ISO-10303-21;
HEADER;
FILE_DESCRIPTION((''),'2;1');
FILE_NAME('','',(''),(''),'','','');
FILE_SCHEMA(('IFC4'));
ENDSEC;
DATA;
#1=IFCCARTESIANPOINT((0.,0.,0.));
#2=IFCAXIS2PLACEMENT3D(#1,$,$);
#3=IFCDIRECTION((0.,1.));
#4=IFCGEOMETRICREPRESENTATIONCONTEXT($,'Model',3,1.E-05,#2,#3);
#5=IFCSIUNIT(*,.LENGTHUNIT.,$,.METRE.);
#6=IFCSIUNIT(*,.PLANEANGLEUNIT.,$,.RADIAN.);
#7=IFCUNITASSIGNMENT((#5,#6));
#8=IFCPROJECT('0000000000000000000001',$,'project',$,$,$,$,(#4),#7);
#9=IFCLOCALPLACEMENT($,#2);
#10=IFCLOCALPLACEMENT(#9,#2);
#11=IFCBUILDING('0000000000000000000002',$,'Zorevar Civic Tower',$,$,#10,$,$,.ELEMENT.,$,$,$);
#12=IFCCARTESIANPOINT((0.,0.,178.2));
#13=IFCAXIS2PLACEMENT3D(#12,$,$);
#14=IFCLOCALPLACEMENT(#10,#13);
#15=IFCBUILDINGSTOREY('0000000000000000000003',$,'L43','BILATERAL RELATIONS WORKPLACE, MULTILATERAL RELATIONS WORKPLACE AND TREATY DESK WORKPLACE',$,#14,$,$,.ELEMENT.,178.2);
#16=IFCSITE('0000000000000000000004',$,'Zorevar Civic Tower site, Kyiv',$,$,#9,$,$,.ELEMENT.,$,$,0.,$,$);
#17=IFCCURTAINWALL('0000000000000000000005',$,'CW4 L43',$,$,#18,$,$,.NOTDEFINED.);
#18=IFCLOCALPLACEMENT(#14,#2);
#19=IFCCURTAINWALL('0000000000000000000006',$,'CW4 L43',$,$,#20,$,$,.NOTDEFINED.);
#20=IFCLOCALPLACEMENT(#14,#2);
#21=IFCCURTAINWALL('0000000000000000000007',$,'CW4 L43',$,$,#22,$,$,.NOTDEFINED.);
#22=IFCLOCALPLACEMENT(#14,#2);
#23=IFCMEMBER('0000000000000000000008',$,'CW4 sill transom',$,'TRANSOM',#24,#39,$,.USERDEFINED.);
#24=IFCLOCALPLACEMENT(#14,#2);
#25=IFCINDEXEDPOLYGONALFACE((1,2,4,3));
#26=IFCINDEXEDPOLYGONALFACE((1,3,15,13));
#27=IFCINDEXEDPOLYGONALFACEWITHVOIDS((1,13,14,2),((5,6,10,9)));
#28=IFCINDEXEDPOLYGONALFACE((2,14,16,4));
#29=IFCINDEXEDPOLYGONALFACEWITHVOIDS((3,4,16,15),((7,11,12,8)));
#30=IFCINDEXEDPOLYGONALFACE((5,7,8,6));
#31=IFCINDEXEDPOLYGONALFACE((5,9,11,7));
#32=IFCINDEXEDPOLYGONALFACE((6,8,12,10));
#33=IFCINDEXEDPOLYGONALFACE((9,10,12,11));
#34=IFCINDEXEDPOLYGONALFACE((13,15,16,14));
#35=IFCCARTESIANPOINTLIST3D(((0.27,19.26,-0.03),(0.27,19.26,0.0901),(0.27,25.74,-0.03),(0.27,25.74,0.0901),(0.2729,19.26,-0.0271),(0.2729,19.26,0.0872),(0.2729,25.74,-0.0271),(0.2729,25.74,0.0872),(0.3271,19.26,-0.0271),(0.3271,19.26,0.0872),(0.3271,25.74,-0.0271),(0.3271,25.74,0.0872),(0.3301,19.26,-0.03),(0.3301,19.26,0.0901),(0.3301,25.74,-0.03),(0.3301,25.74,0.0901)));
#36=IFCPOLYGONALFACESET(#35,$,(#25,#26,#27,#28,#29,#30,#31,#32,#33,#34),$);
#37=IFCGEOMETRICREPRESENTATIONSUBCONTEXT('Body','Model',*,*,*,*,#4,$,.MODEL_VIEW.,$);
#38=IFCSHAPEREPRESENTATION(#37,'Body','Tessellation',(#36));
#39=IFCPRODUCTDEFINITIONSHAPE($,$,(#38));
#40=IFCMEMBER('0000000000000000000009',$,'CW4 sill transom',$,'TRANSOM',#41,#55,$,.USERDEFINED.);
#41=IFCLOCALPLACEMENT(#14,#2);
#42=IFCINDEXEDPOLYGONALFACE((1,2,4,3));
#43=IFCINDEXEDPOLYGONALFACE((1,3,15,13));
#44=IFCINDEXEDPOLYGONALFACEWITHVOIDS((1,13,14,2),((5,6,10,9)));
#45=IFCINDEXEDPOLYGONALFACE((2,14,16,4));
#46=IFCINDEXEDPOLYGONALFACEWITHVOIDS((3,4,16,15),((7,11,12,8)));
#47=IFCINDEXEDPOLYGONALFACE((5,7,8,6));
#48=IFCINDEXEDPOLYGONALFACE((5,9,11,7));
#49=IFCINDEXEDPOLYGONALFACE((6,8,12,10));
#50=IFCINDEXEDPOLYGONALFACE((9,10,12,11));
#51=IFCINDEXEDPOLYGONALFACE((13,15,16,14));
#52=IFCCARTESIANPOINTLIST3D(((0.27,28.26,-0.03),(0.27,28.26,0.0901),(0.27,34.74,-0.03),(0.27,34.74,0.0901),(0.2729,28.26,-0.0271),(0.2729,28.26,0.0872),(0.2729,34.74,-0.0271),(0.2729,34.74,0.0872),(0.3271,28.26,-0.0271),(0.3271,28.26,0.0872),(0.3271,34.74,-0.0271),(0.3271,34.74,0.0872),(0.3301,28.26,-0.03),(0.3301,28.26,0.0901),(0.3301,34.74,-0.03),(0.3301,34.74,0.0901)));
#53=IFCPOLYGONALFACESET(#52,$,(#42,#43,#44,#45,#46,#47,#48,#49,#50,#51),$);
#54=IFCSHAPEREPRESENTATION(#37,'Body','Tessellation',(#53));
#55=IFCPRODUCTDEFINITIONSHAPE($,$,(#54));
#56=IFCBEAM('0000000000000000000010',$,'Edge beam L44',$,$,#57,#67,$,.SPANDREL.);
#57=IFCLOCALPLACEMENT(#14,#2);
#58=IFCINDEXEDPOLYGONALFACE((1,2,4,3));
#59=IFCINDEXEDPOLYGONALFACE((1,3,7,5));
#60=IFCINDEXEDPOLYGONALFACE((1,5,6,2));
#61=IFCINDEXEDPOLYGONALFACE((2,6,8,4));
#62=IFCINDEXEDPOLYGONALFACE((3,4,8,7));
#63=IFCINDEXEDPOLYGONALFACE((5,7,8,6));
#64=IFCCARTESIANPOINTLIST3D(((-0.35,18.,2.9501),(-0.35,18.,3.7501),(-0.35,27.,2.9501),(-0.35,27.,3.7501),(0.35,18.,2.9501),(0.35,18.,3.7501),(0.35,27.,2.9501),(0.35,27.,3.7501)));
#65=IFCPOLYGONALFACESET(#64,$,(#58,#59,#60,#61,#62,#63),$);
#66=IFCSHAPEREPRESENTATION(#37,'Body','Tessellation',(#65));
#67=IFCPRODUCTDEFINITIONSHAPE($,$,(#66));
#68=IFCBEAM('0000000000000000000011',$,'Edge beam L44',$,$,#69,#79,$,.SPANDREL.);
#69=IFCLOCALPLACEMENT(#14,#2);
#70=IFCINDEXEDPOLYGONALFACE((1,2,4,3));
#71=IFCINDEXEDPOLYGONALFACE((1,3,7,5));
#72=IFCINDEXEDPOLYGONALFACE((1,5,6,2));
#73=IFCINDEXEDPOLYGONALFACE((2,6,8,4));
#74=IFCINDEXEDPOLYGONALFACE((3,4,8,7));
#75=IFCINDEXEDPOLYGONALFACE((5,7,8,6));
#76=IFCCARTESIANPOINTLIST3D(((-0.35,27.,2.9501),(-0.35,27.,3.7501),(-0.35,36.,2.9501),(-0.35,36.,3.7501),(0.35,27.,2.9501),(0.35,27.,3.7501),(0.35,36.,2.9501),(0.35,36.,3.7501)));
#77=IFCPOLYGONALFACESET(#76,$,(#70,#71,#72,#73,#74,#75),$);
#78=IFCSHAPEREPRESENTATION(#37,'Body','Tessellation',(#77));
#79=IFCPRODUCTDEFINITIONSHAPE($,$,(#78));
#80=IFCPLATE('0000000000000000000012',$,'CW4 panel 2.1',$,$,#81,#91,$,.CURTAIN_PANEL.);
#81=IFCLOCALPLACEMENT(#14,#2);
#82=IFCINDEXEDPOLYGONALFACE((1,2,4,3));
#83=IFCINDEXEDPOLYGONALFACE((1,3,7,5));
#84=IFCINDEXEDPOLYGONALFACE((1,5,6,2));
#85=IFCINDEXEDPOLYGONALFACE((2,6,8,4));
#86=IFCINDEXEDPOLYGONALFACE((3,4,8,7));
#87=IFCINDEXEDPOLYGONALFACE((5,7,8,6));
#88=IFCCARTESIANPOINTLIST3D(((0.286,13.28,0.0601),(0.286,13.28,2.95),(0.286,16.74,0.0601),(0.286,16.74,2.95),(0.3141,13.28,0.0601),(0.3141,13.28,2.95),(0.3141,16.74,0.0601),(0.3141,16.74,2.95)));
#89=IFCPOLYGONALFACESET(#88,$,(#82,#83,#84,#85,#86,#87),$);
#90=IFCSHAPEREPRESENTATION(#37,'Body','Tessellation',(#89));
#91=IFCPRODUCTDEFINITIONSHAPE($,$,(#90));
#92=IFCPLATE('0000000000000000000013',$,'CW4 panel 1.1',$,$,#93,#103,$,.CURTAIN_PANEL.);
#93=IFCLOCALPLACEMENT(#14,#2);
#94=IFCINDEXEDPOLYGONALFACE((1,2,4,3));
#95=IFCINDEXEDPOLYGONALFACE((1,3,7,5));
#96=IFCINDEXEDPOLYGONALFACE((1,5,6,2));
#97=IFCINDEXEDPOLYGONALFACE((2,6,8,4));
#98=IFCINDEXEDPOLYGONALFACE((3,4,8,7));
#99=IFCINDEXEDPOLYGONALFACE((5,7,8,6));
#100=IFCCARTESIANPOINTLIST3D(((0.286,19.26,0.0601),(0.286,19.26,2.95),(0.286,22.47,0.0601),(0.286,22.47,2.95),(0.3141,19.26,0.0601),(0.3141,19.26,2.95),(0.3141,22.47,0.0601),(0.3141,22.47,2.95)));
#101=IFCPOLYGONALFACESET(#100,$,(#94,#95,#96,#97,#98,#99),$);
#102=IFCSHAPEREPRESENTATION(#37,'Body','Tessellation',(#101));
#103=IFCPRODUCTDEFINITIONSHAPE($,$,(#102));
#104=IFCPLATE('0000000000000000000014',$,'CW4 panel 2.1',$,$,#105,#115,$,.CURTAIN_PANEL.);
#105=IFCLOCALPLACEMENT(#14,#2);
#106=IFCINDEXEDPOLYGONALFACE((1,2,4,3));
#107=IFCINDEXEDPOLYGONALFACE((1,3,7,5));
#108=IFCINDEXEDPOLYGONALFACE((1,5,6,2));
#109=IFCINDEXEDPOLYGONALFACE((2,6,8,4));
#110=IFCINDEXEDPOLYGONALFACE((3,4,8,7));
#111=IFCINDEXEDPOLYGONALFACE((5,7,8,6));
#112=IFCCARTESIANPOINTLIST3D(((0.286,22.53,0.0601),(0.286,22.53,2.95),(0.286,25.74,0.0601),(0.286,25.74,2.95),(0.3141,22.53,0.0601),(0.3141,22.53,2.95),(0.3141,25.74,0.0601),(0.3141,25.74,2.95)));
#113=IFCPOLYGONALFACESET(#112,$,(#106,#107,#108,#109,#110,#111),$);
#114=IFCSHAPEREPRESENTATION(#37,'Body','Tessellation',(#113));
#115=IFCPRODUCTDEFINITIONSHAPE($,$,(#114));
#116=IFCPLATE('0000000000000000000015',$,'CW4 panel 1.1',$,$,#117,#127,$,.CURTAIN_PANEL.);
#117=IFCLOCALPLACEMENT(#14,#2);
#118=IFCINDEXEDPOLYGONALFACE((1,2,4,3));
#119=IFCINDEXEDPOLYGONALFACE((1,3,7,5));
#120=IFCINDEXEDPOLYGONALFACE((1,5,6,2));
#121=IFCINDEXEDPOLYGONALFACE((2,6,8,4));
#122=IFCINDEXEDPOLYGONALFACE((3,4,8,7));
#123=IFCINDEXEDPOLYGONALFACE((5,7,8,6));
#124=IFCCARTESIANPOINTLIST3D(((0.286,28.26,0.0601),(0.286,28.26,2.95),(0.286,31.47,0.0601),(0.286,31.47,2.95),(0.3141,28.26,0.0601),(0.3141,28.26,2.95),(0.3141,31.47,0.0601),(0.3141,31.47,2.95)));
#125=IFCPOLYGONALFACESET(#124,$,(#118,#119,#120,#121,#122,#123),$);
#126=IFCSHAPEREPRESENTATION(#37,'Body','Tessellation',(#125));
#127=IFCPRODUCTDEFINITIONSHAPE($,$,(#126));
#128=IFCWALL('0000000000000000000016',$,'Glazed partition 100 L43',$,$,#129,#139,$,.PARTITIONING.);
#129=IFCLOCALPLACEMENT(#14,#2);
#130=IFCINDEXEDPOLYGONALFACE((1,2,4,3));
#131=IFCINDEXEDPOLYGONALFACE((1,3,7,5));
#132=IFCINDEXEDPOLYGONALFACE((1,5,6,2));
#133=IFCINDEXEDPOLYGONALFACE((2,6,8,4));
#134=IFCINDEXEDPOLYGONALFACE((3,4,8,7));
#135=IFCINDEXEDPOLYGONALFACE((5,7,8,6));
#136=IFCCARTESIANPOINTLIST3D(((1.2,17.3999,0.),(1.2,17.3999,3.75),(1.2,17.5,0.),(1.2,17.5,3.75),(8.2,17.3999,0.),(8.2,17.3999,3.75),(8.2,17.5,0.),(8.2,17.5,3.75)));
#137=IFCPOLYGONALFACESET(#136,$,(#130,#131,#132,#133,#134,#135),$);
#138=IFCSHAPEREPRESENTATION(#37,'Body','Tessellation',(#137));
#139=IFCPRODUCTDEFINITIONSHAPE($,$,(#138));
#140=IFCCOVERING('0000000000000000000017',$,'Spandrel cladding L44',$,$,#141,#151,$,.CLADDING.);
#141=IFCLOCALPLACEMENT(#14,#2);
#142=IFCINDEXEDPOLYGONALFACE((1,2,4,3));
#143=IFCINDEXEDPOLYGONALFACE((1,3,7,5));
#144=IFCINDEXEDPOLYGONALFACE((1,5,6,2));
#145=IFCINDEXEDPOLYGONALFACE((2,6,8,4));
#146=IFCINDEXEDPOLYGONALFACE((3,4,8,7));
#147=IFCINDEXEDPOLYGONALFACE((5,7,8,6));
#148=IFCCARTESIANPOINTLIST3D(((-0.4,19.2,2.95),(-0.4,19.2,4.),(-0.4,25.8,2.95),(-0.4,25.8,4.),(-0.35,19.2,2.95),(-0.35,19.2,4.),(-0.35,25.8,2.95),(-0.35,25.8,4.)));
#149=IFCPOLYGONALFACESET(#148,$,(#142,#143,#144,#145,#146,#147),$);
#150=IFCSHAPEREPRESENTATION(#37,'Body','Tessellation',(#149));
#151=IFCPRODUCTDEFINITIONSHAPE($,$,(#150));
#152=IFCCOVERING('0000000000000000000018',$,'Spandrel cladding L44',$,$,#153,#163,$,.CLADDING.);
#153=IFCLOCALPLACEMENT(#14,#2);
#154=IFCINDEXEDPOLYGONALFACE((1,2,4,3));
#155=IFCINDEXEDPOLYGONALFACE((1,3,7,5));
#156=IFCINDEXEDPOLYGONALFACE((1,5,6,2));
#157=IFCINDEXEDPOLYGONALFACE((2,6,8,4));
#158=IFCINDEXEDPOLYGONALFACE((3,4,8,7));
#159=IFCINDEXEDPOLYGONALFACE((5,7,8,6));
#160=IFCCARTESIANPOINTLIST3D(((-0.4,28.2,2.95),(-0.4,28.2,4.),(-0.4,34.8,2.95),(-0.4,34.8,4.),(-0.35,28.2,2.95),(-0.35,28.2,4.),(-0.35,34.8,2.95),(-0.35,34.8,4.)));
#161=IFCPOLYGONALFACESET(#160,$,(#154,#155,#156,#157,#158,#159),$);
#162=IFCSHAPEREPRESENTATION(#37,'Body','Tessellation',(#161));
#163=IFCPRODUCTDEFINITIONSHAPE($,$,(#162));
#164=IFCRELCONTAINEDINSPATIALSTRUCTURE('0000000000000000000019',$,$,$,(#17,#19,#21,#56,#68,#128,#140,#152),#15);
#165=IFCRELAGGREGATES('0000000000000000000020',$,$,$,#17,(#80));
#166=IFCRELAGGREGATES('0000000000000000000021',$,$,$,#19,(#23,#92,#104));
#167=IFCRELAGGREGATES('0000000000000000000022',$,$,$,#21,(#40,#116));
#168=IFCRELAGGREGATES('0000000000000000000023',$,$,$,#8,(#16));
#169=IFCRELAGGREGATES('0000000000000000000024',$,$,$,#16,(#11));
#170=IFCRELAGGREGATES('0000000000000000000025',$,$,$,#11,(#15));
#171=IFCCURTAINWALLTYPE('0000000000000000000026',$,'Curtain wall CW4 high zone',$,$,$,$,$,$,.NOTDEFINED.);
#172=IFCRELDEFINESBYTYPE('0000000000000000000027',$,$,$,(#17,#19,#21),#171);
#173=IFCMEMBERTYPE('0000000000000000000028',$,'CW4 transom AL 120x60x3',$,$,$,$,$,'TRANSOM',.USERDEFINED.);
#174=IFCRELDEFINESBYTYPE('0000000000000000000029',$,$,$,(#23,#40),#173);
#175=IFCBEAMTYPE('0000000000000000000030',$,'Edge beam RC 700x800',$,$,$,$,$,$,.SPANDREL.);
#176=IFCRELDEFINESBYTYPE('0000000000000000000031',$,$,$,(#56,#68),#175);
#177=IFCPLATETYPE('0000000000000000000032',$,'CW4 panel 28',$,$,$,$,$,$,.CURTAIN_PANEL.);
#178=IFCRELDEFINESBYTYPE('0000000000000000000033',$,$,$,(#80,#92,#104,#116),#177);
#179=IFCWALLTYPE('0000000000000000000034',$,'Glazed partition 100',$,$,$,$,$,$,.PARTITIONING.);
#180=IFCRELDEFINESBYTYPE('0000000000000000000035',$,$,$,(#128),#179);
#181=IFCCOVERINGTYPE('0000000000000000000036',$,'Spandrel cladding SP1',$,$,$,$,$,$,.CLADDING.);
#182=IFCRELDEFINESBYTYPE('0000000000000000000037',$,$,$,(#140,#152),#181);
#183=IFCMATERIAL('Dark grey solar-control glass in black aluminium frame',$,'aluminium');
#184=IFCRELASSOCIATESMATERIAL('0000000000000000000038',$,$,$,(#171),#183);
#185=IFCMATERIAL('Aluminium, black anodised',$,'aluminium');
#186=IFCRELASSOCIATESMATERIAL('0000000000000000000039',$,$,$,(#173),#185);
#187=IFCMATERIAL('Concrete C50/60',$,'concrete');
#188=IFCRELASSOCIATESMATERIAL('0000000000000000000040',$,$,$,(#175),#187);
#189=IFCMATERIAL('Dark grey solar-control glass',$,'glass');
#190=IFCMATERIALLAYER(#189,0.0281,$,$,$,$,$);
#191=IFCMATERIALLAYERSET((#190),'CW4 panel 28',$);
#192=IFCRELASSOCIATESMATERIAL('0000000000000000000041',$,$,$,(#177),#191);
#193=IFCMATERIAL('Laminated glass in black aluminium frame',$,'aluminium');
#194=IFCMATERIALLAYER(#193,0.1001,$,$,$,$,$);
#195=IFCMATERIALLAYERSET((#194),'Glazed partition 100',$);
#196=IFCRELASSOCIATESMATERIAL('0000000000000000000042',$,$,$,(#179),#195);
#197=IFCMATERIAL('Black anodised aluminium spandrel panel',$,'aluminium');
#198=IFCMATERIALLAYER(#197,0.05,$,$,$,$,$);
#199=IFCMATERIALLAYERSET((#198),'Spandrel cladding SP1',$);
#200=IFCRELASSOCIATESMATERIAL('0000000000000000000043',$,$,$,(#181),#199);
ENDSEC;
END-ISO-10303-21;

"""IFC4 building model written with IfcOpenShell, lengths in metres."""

from ifc_helpers import new_model, si_unit, direction, frame, frame_2d, origin, origin_2d, place, context, subcontext, project, spatial, rectangle, hollow_rectangle, extrude, material, layer, layer_set, material_profile, profile_set, type_object, element, aggregate, save


model = new_model("IFC4")

# Units and contexts
model_context = context("Model", 3, precision=1e-05, world=origin(), true_north=direction((0.0, 1.0)))
body_context = subcontext(model_context, "Body", "Model", "MODEL_VIEW")
ifc_project = project(units=[si_unit("LENGTHUNIT", "METRE"), si_unit("PLANEANGLEUNIT", "RADIAN")], contexts=[model_context])

# Site, building, storey
site_placement = place(None, origin())
site = spatial("IfcSite", under=ifc_project, at=site_placement, Name="Zorevar Civic Tower site, Kyiv", CompositionType="ELEMENT", RefElevation=0.0)
building_placement = place(site_placement, origin())
building = spatial("IfcBuilding", under=site, at=building_placement, Name="Zorevar Civic Tower", CompositionType="ELEMENT")
storey_placement = place(building_placement, frame((0.0, 0.0, 178.2)))
storey = spatial("IfcBuildingStorey", under=building, at=storey_placement, Name="L43", Description="BILATERAL RELATIONS WORKPLACE, MULTILATERAL RELATIONS WORKPLACE AND TREATY DESK WORKPLACE", CompositionType="ELEMENT", Elevation=178.2)

# Curtain wall
ifc_material_1 = material(Name="Dark grey solar-control glass in black aluminium frame", Category="aluminium")
curtain_wall_type = type_object("IfcCurtainWallType", Name="Curtain wall CW4 high zone", PredefinedType="NOTDEFINED", material=ifc_material_1)
curtain_wall_1_placement = place(storey_placement, origin())
curtain_wall_1 = element("IfcCurtainWall", 1, at=curtain_wall_1_placement, inside=storey, type_object=curtain_wall_type, Name="CW4 L43", PredefinedType="NOTDEFINED")

# Curtain wall
curtain_wall_2_placement = place(storey_placement, origin())
curtain_wall_2 = element("IfcCurtainWall", 2, at=curtain_wall_2_placement, inside=storey, type_object=curtain_wall_type, Name="CW4 L43", PredefinedType="NOTDEFINED")

# Curtain wall
curtain_wall_3_placement = place(storey_placement, origin())
curtain_wall_3 = element("IfcCurtainWall", 3, at=curtain_wall_3_placement, inside=storey, type_object=curtain_wall_type, Name="CW4 L43", PredefinedType="NOTDEFINED")

# Members
ifc_material_2 = material(Name="Aluminium, black anodised", Category="aluminium")
ifc_material_profile_1 = material_profile(ifc_material_2, hollow_rectangle(XDim=0.0601, YDim=0.1201, WallThickness=0.0029, at=origin_2d()), Name="AL 120x60x3")
ifc_profile_set_1 = profile_set([ifc_material_profile_1], Name="Aluminium, black anodised")
member_type_1 = type_object("IfcMemberType", Name="CW4 transom AL 120x60x3", ElementType="TRANSOM", PredefinedType="USERDEFINED", material=ifc_profile_set_1)
member_1_placement = place(storey_placement, frame((0.3, 19.26, 0.03), z_axis=(0.0, 1.0, 0.0), x_axis=(-1.0, 0.0, 0.0)))
member_1 = element("IfcMember", 4, at=member_1_placement, type_object=member_type_1, Name="CW4 sill transom", ObjectType="TRANSOM", PredefinedType="USERDEFINED", context=body_context, shape_type="SweptSolid", body=[
    extrude(hollow_rectangle(XDim=0.0601, YDim=0.1201, WallThickness=0.0029, at=origin_2d()), origin(), (0.0, 0.0, 1.0), 6.48),
])
member_2_placement = place(storey_placement, frame((0.3, 28.26, 0.03), z_axis=(0.0, 1.0, 0.0), x_axis=(-1.0, 0.0, 0.0)))
member_2 = element("IfcMember", 5, at=member_2_placement, type_object=member_type_1, Name="CW4 sill transom", ObjectType="TRANSOM", PredefinedType="USERDEFINED", context=body_context, shape_type="SweptSolid", body=[
    extrude(hollow_rectangle(XDim=0.0601, YDim=0.1201, WallThickness=0.0029, at=origin_2d()), origin(), (0.0, 0.0, 1.0), 6.48),
])

# Beams
ifc_material_3 = material(Name="Concrete C50/60", Category="concrete")
ifc_material_profile_2 = material_profile(ifc_material_3, rectangle(XDim=0.7, YDim=0.8, at=origin_2d()), Name="RC 700x800")
ifc_profile_set_2 = profile_set([ifc_material_profile_2], Name="Concrete C50/60")
beam_type_1 = type_object("IfcBeamType", Name="Edge beam RC 700x800", PredefinedType="SPANDREL", material=ifc_profile_set_2)
for number, where, z_axis, x_axis, name in (
    (6, (0.0, 18.0, 3.3501), (0.0, 1.0, 0.0), (-1.0, 0.0, 0.0), "Edge beam L44"),
    (7, (0.0, 27.0, 3.3501), (0.0, 1.0, 0.0), (-1.0, 0.0, 0.0), "Edge beam L44"),
):
    element("IfcBeam", number, at=place(storey_placement, frame(where, z_axis=z_axis, x_axis=x_axis)), inside=storey, type_object=beam_type_1, Name=name, PredefinedType="SPANDREL", context=body_context, shape_type="SweptSolid", body=[
        extrude(rectangle(XDim=0.7, YDim=0.8, at=origin_2d()), origin(), (0.0, 0.0, 1.0), 9.0),
    ])

# Plates
ifc_material_4 = material(Name="Dark grey solar-control glass", Category="glass")
ifc_layer_1 = layer(ifc_material_4, 0.0281)
ifc_layer_set_1 = layer_set([ifc_layer_1], Name="CW4 panel 28")
plate_type = type_object("IfcPlateType", Name="CW4 panel 28", PredefinedType="CURTAIN_PANEL", material=ifc_layer_set_1)
plate_1_placement = place(storey_placement, frame((0.3, 15.01, 0.0601), z_axis=(0.0, 0.0, 1.0), x_axis=(0.0, 1.0, 0.0)))
plate_1 = element("IfcPlate", 8, at=plate_1_placement, type_object=plate_type, Name="CW4 panel 2.1", PredefinedType="CURTAIN_PANEL", context=body_context, shape_type="SweptSolid", body=[
    extrude(rectangle(XDim=3.46, YDim=0.0281, at=origin_2d()), origin(), (0.0, 0.0, 1.0), 2.8899),
])
aggregate(curtain_wall_1, [plate_1])
plate_2_placement = place(storey_placement, frame((0.3, 20.865, 0.0601), z_axis=(0.0, 0.0, 1.0), x_axis=(0.0, 1.0, 0.0)))
plate_2 = element("IfcPlate", 9, at=plate_2_placement, type_object=plate_type, Name="CW4 panel 1.1", PredefinedType="CURTAIN_PANEL", context=body_context, shape_type="SweptSolid", body=[
    extrude(rectangle(XDim=3.21, YDim=0.0281, at=origin_2d()), origin(), (0.0, 0.0, 1.0), 2.8899),
])
plate_3_placement = place(storey_placement, frame((0.3, 24.135, 0.0601), z_axis=(0.0, 0.0, 1.0), x_axis=(0.0, 1.0, 0.0)))
plate_3 = element("IfcPlate", 10, at=plate_3_placement, type_object=plate_type, Name="CW4 panel 2.1", PredefinedType="CURTAIN_PANEL", context=body_context, shape_type="SweptSolid", body=[
    extrude(rectangle(XDim=3.21, YDim=0.0281, at=origin_2d()), origin(), (0.0, 0.0, 1.0), 2.8899),
])
aggregate(curtain_wall_2, [member_1, plate_2, plate_3])
plate_4_placement = place(storey_placement, frame((0.3, 29.865, 0.0601), z_axis=(0.0, 0.0, 1.0), x_axis=(0.0, 1.0, 0.0)))
plate_4 = element("IfcPlate", 11, at=plate_4_placement, type_object=plate_type, Name="CW4 panel 1.1", PredefinedType="CURTAIN_PANEL", context=body_context, shape_type="SweptSolid", body=[
    extrude(rectangle(XDim=3.21, YDim=0.0281, at=origin_2d()), origin(), (0.0, 0.0, 1.0), 2.8899),
])
aggregate(curtain_wall_3, [member_2, plate_4])

# Wall
ifc_material_5 = material(Name="Laminated glass in black aluminium frame", Category="aluminium")
ifc_layer_2 = layer(ifc_material_5, 0.1001)
ifc_layer_set_2 = layer_set([ifc_layer_2], Name="Glazed partition 100")
wall_type = type_object("IfcWallType", Name="Glazed partition 100", PredefinedType="PARTITIONING", material=ifc_layer_set_2)
wall_placement = place(storey_placement, frame((1.2, 17.45, 0.0), z_axis=(0.0, 0.0, 1.0), x_axis=(1.0, 0.0, 0.0)))
element("IfcWall", 12, at=wall_placement, inside=storey, type_object=wall_type, Name="Glazed partition 100 L43", PredefinedType="PARTITIONING", context=body_context, shape_type="SweptSolid", body=[
    extrude(rectangle(XDim=7.0, YDim=0.1001, at=frame_2d((3.5, 0.0))), origin(), (0.0, 0.0, 1.0), 3.75),
])

# Coverings
ifc_material_6 = material(Name="Black anodised aluminium spandrel panel", Category="aluminium")
ifc_layer_3 = layer(ifc_material_6, 0.05)
ifc_layer_set_3 = layer_set([ifc_layer_3], Name="Spandrel cladding SP1")
covering_type = type_object("IfcCoveringType", Name="Spandrel cladding SP1", PredefinedType="CLADDING", material=ifc_layer_set_3)
for number, where, z_axis, x_axis, name in (
    (13, (-0.375, 19.2, 2.95), (0.0, 0.0, 1.0), (0.0, 1.0, 0.0), "Spandrel cladding L44"),
    (14, (-0.375, 28.2, 2.95), (0.0, 0.0, 1.0), (0.0, 1.0, 0.0), "Spandrel cladding L44"),
):
    element("IfcCovering", number, at=place(storey_placement, frame(where, z_axis=z_axis, x_axis=x_axis)), inside=storey, type_object=covering_type, Name=name, PredefinedType="CLADDING", context=body_context, shape_type="SweptSolid", body=[
        extrude(rectangle(XDim=6.6001, YDim=0.05, at=frame_2d((3.3, 0.0))), origin(), (0.0, 0.0, 1.0), 1.05),
    ])

save(model, "model.ifc")
